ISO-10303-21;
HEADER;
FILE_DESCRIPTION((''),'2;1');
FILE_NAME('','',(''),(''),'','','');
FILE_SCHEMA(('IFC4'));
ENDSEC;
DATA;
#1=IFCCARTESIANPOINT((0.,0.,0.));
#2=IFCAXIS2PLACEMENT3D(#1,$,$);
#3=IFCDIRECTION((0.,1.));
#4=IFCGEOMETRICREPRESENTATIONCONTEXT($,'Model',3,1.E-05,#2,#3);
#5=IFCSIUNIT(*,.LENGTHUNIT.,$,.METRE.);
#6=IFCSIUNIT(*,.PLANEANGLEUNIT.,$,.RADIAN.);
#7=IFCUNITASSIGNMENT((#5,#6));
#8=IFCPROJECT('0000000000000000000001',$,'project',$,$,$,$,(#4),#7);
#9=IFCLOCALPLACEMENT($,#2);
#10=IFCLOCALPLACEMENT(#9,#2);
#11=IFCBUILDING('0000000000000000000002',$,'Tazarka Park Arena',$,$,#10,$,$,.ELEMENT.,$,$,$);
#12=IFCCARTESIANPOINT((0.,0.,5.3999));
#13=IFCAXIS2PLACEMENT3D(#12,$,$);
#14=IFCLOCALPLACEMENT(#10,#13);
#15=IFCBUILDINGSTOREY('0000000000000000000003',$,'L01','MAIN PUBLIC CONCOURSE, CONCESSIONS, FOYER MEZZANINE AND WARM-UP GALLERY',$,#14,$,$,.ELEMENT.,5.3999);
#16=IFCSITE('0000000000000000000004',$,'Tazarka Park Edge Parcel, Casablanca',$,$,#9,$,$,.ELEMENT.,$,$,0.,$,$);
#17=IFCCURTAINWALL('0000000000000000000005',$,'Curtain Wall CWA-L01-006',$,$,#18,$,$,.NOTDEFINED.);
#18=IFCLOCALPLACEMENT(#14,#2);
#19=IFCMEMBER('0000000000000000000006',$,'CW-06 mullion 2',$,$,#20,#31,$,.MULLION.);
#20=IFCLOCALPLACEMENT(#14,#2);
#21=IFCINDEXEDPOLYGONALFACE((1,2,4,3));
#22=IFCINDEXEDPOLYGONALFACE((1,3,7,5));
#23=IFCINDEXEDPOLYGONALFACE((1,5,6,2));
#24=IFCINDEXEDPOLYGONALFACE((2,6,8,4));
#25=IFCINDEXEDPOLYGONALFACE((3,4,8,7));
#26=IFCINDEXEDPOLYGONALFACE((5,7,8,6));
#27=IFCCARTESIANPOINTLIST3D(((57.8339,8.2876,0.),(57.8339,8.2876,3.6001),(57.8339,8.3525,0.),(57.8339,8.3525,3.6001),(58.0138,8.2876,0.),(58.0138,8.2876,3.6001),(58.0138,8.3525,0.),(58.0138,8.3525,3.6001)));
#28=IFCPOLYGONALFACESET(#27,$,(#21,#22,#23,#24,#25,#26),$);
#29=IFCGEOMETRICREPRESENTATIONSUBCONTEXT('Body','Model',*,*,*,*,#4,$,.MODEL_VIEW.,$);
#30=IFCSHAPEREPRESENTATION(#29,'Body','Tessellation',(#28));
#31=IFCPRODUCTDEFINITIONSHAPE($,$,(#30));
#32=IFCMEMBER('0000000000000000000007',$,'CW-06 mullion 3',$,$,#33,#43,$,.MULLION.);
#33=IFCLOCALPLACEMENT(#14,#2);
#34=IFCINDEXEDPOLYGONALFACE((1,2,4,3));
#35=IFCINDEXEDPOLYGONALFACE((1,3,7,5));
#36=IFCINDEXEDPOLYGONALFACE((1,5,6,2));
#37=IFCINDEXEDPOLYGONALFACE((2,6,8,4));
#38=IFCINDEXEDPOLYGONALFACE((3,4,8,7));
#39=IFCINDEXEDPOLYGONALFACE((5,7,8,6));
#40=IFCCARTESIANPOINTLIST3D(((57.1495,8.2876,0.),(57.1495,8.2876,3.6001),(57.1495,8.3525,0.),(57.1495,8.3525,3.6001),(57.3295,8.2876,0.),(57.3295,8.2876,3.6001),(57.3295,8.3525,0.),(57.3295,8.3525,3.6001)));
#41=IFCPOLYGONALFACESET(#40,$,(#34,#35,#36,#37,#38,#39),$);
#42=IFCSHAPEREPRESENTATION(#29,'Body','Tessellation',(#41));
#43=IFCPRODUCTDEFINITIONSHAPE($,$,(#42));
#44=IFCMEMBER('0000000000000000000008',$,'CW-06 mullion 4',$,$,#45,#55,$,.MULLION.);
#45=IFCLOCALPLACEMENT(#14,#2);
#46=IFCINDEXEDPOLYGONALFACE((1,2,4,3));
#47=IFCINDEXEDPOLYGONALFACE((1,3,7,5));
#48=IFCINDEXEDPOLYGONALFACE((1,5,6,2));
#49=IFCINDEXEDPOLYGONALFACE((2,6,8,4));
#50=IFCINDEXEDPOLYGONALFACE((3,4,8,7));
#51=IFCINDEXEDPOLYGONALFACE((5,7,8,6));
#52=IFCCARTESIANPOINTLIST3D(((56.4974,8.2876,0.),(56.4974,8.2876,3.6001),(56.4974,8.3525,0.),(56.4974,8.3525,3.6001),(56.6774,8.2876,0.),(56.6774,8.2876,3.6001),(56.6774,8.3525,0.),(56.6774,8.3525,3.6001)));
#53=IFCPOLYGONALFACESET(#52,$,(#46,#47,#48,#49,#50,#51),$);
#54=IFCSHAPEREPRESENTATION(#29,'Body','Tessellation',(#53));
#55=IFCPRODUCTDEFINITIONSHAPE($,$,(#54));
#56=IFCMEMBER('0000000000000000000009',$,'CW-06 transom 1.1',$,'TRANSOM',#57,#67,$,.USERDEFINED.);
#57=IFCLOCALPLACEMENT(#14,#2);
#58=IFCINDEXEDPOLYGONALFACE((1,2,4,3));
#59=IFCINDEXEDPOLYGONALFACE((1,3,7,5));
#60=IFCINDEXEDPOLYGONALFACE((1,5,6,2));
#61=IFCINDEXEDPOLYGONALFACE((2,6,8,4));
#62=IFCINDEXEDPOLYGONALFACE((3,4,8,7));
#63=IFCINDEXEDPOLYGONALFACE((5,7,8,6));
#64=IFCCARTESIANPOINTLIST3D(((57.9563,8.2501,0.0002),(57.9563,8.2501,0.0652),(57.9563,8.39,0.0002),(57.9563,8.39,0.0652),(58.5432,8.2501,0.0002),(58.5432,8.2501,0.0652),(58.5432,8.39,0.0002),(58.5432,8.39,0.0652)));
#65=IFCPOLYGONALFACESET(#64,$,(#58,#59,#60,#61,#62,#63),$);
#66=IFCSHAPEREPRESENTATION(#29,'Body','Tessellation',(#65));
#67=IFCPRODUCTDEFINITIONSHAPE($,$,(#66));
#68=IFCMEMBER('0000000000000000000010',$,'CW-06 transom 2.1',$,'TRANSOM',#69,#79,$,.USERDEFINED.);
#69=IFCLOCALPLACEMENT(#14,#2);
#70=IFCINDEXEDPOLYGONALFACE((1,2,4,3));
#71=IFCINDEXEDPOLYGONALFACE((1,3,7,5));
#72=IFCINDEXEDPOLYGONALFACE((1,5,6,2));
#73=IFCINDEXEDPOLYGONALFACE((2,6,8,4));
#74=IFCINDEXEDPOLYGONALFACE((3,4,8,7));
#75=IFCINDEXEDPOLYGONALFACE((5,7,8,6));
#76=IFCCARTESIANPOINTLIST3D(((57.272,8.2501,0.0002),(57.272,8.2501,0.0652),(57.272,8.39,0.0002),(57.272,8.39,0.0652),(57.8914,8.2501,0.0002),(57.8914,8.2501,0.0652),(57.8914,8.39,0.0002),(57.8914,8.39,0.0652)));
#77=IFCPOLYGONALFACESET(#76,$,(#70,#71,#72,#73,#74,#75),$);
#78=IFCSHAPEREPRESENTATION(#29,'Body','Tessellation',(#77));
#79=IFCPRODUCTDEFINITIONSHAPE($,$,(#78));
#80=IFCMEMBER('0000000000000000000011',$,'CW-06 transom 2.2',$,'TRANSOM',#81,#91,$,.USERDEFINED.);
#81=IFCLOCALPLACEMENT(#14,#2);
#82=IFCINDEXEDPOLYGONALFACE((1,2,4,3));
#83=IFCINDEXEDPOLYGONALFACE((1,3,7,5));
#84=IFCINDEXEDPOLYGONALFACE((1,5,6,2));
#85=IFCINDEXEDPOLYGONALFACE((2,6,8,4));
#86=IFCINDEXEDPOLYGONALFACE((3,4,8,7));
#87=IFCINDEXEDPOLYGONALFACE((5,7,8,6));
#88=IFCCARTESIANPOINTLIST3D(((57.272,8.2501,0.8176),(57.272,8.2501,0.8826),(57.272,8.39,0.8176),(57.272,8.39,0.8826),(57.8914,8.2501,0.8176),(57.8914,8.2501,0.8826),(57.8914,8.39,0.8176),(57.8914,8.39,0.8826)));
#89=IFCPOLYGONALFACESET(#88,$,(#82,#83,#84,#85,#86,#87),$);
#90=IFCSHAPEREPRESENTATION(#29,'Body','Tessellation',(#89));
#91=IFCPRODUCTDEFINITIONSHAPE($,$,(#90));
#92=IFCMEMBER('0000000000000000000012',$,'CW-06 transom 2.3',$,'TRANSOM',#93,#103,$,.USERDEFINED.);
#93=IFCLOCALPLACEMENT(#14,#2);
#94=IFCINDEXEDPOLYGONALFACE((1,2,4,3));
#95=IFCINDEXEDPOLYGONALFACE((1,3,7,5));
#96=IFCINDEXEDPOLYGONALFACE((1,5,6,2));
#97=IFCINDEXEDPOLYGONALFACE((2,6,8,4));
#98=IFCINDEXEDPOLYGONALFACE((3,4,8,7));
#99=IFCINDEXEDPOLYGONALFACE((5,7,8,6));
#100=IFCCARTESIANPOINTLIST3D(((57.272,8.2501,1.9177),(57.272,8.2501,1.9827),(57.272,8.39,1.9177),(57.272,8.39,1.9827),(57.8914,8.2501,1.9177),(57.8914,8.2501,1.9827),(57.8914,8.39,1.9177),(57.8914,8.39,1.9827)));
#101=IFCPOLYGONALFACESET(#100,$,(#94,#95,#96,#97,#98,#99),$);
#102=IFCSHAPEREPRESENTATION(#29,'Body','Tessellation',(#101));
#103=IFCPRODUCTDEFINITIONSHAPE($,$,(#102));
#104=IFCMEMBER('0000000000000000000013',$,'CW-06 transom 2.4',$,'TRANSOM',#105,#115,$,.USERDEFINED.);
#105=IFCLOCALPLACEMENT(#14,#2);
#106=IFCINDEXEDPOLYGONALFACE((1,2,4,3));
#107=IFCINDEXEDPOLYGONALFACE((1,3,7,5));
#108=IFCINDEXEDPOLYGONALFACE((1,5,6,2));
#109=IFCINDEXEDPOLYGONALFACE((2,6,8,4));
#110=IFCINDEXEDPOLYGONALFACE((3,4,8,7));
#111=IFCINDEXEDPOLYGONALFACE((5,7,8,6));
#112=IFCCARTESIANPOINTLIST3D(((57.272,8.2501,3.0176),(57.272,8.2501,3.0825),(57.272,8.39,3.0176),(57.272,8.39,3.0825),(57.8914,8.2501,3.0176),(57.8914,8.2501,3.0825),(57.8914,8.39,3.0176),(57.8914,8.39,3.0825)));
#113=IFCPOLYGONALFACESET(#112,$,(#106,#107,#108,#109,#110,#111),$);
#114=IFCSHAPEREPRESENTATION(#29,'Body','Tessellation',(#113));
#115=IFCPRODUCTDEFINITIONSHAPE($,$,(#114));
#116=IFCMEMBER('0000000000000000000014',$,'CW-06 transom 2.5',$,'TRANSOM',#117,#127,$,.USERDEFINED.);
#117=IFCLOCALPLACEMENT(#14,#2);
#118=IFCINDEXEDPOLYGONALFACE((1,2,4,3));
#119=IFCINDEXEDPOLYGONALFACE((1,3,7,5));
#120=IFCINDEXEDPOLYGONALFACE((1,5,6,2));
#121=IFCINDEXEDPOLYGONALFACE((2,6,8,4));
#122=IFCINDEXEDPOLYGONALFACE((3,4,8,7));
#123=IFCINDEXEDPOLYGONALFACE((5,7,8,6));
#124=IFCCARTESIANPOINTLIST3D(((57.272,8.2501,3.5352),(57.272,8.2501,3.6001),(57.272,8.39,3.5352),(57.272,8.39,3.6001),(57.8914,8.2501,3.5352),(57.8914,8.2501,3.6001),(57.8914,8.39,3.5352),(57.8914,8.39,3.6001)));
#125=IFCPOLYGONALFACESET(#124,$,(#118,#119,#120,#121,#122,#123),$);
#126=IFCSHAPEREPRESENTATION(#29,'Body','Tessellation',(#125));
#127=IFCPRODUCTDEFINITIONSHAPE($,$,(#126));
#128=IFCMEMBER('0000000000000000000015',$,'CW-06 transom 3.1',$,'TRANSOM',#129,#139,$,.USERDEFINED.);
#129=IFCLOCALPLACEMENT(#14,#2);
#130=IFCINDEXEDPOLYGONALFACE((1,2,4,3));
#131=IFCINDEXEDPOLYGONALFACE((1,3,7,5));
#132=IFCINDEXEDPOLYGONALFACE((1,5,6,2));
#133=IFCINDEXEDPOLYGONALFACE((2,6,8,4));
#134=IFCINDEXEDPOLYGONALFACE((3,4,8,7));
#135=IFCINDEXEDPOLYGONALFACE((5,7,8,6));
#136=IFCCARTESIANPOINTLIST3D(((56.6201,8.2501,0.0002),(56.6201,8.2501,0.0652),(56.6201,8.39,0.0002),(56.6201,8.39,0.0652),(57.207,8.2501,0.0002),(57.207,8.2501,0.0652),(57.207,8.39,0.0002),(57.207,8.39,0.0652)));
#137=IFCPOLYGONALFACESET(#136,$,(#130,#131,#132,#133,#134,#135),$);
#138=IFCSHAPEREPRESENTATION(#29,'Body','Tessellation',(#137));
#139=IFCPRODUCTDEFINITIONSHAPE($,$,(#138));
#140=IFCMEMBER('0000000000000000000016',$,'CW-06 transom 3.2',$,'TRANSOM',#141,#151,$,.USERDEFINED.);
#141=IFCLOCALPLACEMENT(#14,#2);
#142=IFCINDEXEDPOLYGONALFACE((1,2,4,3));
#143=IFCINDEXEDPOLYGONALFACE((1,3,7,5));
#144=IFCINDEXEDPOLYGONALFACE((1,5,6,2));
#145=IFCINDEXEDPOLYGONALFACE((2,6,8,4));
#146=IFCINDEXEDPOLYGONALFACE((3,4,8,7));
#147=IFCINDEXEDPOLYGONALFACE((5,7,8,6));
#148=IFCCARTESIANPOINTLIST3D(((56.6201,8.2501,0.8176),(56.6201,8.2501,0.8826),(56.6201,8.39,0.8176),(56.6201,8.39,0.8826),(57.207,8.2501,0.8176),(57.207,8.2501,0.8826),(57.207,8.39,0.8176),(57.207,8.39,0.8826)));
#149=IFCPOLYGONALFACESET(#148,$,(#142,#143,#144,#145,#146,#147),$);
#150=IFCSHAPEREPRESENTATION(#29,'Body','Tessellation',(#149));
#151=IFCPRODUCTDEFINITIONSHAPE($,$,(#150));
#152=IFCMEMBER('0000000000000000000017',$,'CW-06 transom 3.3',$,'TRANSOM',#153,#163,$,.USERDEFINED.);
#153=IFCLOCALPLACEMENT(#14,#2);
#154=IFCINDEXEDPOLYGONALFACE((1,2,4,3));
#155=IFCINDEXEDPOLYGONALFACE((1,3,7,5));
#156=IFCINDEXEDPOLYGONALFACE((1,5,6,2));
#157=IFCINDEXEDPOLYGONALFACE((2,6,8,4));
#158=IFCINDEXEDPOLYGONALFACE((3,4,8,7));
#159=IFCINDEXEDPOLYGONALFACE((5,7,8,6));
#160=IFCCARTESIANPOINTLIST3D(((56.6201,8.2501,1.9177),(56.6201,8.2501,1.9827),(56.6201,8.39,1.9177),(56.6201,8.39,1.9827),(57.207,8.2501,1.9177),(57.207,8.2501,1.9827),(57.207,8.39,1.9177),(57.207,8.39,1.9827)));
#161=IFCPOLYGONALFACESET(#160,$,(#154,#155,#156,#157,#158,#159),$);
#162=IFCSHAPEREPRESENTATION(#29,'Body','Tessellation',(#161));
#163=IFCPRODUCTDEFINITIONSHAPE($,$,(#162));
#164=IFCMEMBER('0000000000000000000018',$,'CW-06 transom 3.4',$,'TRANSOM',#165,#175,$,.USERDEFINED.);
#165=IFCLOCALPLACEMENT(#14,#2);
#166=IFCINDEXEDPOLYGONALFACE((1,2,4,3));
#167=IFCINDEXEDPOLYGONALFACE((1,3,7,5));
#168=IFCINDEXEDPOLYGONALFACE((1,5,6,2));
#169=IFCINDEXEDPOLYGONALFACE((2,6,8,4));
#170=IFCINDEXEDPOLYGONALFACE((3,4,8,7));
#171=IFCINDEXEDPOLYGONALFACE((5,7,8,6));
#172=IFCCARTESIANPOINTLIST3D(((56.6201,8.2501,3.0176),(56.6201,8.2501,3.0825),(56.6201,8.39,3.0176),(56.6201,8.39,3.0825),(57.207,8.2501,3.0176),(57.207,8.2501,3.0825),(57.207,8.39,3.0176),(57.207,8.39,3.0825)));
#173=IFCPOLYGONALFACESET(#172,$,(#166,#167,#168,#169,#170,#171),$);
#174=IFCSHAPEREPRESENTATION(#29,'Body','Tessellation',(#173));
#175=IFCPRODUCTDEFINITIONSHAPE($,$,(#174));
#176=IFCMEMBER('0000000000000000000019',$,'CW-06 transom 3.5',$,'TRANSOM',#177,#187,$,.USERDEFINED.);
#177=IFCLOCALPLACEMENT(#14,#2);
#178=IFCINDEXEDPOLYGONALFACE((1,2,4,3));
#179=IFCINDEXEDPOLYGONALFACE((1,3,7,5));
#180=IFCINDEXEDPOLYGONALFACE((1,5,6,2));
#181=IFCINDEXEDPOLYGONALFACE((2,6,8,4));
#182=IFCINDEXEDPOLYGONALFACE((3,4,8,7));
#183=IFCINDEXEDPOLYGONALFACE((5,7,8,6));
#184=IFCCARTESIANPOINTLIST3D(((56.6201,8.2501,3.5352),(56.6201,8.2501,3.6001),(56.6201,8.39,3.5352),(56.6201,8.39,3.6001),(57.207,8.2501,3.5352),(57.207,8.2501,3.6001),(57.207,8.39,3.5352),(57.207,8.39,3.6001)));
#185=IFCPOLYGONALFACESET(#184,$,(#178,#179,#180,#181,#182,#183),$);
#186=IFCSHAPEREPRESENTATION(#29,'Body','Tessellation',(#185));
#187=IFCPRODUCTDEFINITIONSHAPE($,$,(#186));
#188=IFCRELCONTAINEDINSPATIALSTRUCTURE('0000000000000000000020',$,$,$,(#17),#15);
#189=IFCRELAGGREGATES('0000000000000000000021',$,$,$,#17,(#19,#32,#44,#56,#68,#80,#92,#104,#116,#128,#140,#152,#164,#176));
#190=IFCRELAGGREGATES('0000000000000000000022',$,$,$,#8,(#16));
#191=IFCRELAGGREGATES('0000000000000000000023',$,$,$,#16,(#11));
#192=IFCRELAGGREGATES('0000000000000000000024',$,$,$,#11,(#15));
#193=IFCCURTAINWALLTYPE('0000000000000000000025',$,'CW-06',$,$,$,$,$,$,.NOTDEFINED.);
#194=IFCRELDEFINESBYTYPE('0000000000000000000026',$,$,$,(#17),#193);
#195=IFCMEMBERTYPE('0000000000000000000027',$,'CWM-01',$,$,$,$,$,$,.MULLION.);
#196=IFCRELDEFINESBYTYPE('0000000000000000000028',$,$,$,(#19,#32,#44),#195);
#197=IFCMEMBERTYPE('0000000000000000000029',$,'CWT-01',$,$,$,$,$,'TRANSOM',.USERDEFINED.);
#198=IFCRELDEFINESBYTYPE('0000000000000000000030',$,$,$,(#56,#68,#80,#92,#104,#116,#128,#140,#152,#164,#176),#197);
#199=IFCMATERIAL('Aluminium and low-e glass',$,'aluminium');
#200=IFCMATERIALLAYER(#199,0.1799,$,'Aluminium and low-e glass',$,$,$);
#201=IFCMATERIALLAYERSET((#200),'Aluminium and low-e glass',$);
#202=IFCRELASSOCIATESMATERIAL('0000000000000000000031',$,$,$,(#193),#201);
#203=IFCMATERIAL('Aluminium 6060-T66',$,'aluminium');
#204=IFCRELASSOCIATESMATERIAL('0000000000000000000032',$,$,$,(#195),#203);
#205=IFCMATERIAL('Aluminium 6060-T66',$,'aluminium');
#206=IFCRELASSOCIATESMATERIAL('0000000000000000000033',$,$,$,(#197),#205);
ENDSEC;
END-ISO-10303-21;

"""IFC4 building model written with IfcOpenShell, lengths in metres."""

from ifc_helpers import new_model, si_unit, direction, frame, origin, origin_2d, place, context, subcontext, project, spatial, rectangle, extrude, material, layer, layer_set, material_profile, profile_set, type_object, element, aggregate, save


model = new_model("IFC4")

# Units and contexts
model_context = context("Model", 3, precision=1e-05, world=origin(), true_north=direction((0.0, 1.0)))
body_context = subcontext(model_context, "Body", "Model", "MODEL_VIEW")
ifc_project = project(units=[si_unit("LENGTHUNIT", "METRE"), si_unit("PLANEANGLEUNIT", "RADIAN")], contexts=[model_context])

# Site, building, storey
site_placement = place(None, origin())
site = spatial("IfcSite", under=ifc_project, at=site_placement, Name="Tazarka Park Edge Parcel, Casablanca", CompositionType="ELEMENT", RefElevation=0.0)
building_placement = place(site_placement, origin())
building = spatial("IfcBuilding", under=site, at=building_placement, Name="Tazarka Park Arena", CompositionType="ELEMENT")
storey_placement = place(building_placement, frame((0.0, 0.0, 5.3999)))
storey = spatial("IfcBuildingStorey", under=building, at=storey_placement, Name="L01", Description="MAIN PUBLIC CONCOURSE, CONCESSIONS, FOYER MEZZANINE AND WARM-UP GALLERY", CompositionType="ELEMENT", Elevation=5.3999)

# Curtain wall, members
ifc_material_1 = material(Name="Aluminium and low-e glass", Category="aluminium")
ifc_layer_1 = layer(ifc_material_1, 0.1799, Name="Aluminium and low-e glass")
ifc_layer_set_1 = layer_set([ifc_layer_1], Name="Aluminium and low-e glass")
curtain_wall_type = type_object("IfcCurtainWallType", Name="CW-06", PredefinedType="NOTDEFINED", material=ifc_layer_set_1)
curtain_wall_placement = place(storey_placement, origin())
curtain_wall = element("IfcCurtainWall", 1, at=curtain_wall_placement, inside=storey, type_object=curtain_wall_type, Name="Curtain Wall CWA-L01-006", PredefinedType="NOTDEFINED")
ifc_material_2 = material(Name="Aluminium 6060-T66", Category="aluminium")
ifc_material_profile_1 = material_profile(ifc_material_2, rectangle(XDim=0.0649, YDim=0.1799, at=origin_2d()), Name="Aluminium 6060-T66")
ifc_profile_set_1 = profile_set([ifc_material_profile_1], Name="Aluminium 6060-T66")
member_type_1 = type_object("IfcMemberType", Name="CWM-01", PredefinedType="MULLION", material=ifc_profile_set_1)
member_1_placement = place(storey_placement, frame((57.9238, 8.3201, 0.0), z_axis=(0.0, 0.0, 1.0), x_axis=(0.0, -1.0, 0.0)))
member_1 = element("IfcMember", 2, at=member_1_placement, type_object=member_type_1, Name="CW-06 mullion 2", PredefinedType="MULLION", context=body_context, shape_type="SweptSolid", body=[
    extrude(rectangle(XDim=0.0649, YDim=0.1799, at=origin_2d()), origin(), (0.0, 0.0, 1.0), 3.6001),
])
member_2_placement = place(storey_placement, frame((57.2395, 8.3201, 0.0), z_axis=(0.0, 0.0, 1.0), x_axis=(0.0, -1.0, 0.0)))
member_2 = element("IfcMember", 3, at=member_2_placement, type_object=member_type_1, Name="CW-06 mullion 3", PredefinedType="MULLION", context=body_context, shape_type="SweptSolid", body=[
    extrude(rectangle(XDim=0.0649, YDim=0.1799, at=origin_2d()), origin(), (0.0, 0.0, 1.0), 3.6001),
])
member_3_placement = place(storey_placement, frame((56.5874, 8.3201, 0.0), z_axis=(0.0, 0.0, 1.0), x_axis=(0.0, -1.0, 0.0)))
member_3 = element("IfcMember", 4, at=member_3_placement, type_object=member_type_1, Name="CW-06 mullion 4", PredefinedType="MULLION", context=body_context, shape_type="SweptSolid", body=[
    extrude(rectangle(XDim=0.0649, YDim=0.1799, at=origin_2d()), origin(), (0.0, 0.0, 1.0), 3.6001),
])
ifc_material_3 = material(Name="Aluminium 6060-T66", Category="aluminium")
ifc_material_profile_2 = material_profile(ifc_material_3, rectangle(XDim=0.1399, YDim=0.0649, at=origin_2d()), Name="Aluminium 6060-T66")
ifc_profile_set_2 = profile_set([ifc_material_profile_2], Name="Aluminium 6060-T66")
member_type_2 = type_object("IfcMemberType", Name="CWT-01", ElementType="TRANSOM", PredefinedType="USERDEFINED", material=ifc_profile_set_2)
member_4_placement = place(storey_placement, frame((58.5432, 8.3201, 0.0327), z_axis=(-1.0, 0.0, 0.0), x_axis=(0.0, -1.0, 0.0)))
member_4 = element("IfcMember", 5, at=member_4_placement, type_object=member_type_2, Name="CW-06 transom 1.1", ObjectType="TRANSOM", PredefinedType="USERDEFINED", context=body_context, shape_type="SweptSolid", body=[
    extrude(rectangle(XDim=0.1399, YDim=0.0649, at=origin_2d()), origin(), (0.0, 0.0, 1.0), 0.5869),
])
member_5_placement = place(storey_placement, frame((57.8914, 8.3201, 0.0327), z_axis=(-1.0, 0.0, 0.0), x_axis=(0.0, -1.0, 0.0)))
member_5 = element("IfcMember", 6, at=member_5_placement, type_object=member_type_2, Name="CW-06 transom 2.1", ObjectType="TRANSOM", PredefinedType="USERDEFINED", context=body_context, shape_type="SweptSolid", body=[
    extrude(rectangle(XDim=0.1399, YDim=0.0649, at=origin_2d()), origin(), (0.0, 0.0, 1.0), 0.6194),
])
member_6_placement = place(storey_placement, frame((57.8914, 8.3201, 0.8501), z_axis=(-1.0, 0.0, 0.0), x_axis=(0.0, -1.0, 0.0)))
member_6 = element("IfcMember", 7, at=member_6_placement, type_object=member_type_2, Name="CW-06 transom 2.2", ObjectType="TRANSOM", PredefinedType="USERDEFINED", context=body_context, shape_type="SweptSolid", body=[
    extrude(rectangle(XDim=0.1399, YDim=0.0649, at=origin_2d()), origin(), (0.0, 0.0, 1.0), 0.6194),
])
member_7_placement = place(storey_placement, frame((57.8914, 8.3201, 1.9502), z_axis=(-1.0, 0.0, 0.0), x_axis=(0.0, -1.0, 0.0)))
member_7 = element("IfcMember", 8, at=member_7_placement, type_object=member_type_2, Name="CW-06 transom 2.3", ObjectType="TRANSOM", PredefinedType="USERDEFINED", context=body_context, shape_type="SweptSolid", body=[
    extrude(rectangle(XDim=0.1399, YDim=0.0649, at=origin_2d()), origin(), (0.0, 0.0, 1.0), 0.6194),
])
member_8_placement = place(storey_placement, frame((57.8914, 8.3201, 3.05), z_axis=(-1.0, 0.0, 0.0), x_axis=(0.0, -1.0, 0.0)))
member_8 = element("IfcMember", 9, at=member_8_placement, type_object=member_type_2, Name="CW-06 transom 2.4", ObjectType="TRANSOM", PredefinedType="USERDEFINED", context=body_context, shape_type="SweptSolid", body=[
    extrude(rectangle(XDim=0.1399, YDim=0.0649, at=origin_2d()), origin(), (0.0, 0.0, 1.0), 0.6194),
])
member_9_placement = place(storey_placement, frame((57.8914, 8.3201, 3.5676), z_axis=(-1.0, 0.0, 0.0), x_axis=(0.0, -1.0, 0.0)))
member_9 = element("IfcMember", 10, at=member_9_placement, type_object=member_type_2, Name="CW-06 transom 2.5", ObjectType="TRANSOM", PredefinedType="USERDEFINED", context=body_context, shape_type="SweptSolid", body=[
    extrude(rectangle(XDim=0.1399, YDim=0.0649, at=origin_2d()), origin(), (0.0, 0.0, 1.0), 0.6194),
])
member_10_placement = place(storey_placement, frame((57.207, 8.3201, 0.0327), z_axis=(-1.0, 0.0, 0.0), x_axis=(0.0, -1.0, 0.0)))
member_10 = element("IfcMember", 11, at=member_10_placement, type_object=member_type_2, Name="CW-06 transom 3.1", ObjectType="TRANSOM", PredefinedType="USERDEFINED", context=body_context, shape_type="SweptSolid", body=[
    extrude(rectangle(XDim=0.1399, YDim=0.0649, at=origin_2d()), origin(), (0.0, 0.0, 1.0), 0.5869),
])
member_11_placement = place(storey_placement, frame((57.207, 8.3201, 0.8501), z_axis=(-1.0, 0.0, 0.0), x_axis=(0.0, -1.0, 0.0)))
member_11 = element("IfcMember", 12, at=member_11_placement, type_object=member_type_2, Name="CW-06 transom 3.2", ObjectType="TRANSOM", PredefinedType="USERDEFINED", context=body_context, shape_type="SweptSolid", body=[
    extrude(rectangle(XDim=0.1399, YDim=0.0649, at=origin_2d()), origin(), (0.0, 0.0, 1.0), 0.5869),
])
member_12_placement = place(storey_placement, frame((57.207, 8.3201, 1.9502), z_axis=(-1.0, 0.0, 0.0), x_axis=(0.0, -1.0, 0.0)))
member_12 = element("IfcMember", 13, at=member_12_placement, type_object=member_type_2, Name="CW-06 transom 3.3", ObjectType="TRANSOM", PredefinedType="USERDEFINED", context=body_context, shape_type="SweptSolid", body=[
    extrude(rectangle(XDim=0.1399, YDim=0.0649, at=origin_2d()), origin(), (0.0, 0.0, 1.0), 0.5869),
])
member_13_placement = place(storey_placement, frame((57.207, 8.3201, 3.05), z_axis=(-1.0, 0.0, 0.0), x_axis=(0.0, -1.0, 0.0)))
member_13 = element("IfcMember", 14, at=member_13_placement, type_object=member_type_2, Name="CW-06 transom 3.4", ObjectType="TRANSOM", PredefinedType="USERDEFINED", context=body_context, shape_type="SweptSolid", body=[
    extrude(rectangle(XDim=0.1399, YDim=0.0649, at=origin_2d()), origin(), (0.0, 0.0, 1.0), 0.5869),
])
member_14_placement = place(storey_placement, frame((57.207, 8.3201, 3.5676), z_axis=(-1.0, 0.0, 0.0), x_axis=(0.0, -1.0, 0.0)))
member_14 = element("IfcMember", 15, at=member_14_placement, type_object=member_type_2, Name="CW-06 transom 3.5", ObjectType="TRANSOM", PredefinedType="USERDEFINED", context=body_context, shape_type="SweptSolid", body=[
    extrude(rectangle(XDim=0.1399, YDim=0.0649, at=origin_2d()), origin(), (0.0, 0.0, 1.0), 0.5869),
])
aggregate(curtain_wall, [member_1, member_2, member_3, member_4, member_5, member_6, member_7, member_8, member_9, member_10, member_11, member_12, member_13, member_14])

save(model, "model.ifc")
